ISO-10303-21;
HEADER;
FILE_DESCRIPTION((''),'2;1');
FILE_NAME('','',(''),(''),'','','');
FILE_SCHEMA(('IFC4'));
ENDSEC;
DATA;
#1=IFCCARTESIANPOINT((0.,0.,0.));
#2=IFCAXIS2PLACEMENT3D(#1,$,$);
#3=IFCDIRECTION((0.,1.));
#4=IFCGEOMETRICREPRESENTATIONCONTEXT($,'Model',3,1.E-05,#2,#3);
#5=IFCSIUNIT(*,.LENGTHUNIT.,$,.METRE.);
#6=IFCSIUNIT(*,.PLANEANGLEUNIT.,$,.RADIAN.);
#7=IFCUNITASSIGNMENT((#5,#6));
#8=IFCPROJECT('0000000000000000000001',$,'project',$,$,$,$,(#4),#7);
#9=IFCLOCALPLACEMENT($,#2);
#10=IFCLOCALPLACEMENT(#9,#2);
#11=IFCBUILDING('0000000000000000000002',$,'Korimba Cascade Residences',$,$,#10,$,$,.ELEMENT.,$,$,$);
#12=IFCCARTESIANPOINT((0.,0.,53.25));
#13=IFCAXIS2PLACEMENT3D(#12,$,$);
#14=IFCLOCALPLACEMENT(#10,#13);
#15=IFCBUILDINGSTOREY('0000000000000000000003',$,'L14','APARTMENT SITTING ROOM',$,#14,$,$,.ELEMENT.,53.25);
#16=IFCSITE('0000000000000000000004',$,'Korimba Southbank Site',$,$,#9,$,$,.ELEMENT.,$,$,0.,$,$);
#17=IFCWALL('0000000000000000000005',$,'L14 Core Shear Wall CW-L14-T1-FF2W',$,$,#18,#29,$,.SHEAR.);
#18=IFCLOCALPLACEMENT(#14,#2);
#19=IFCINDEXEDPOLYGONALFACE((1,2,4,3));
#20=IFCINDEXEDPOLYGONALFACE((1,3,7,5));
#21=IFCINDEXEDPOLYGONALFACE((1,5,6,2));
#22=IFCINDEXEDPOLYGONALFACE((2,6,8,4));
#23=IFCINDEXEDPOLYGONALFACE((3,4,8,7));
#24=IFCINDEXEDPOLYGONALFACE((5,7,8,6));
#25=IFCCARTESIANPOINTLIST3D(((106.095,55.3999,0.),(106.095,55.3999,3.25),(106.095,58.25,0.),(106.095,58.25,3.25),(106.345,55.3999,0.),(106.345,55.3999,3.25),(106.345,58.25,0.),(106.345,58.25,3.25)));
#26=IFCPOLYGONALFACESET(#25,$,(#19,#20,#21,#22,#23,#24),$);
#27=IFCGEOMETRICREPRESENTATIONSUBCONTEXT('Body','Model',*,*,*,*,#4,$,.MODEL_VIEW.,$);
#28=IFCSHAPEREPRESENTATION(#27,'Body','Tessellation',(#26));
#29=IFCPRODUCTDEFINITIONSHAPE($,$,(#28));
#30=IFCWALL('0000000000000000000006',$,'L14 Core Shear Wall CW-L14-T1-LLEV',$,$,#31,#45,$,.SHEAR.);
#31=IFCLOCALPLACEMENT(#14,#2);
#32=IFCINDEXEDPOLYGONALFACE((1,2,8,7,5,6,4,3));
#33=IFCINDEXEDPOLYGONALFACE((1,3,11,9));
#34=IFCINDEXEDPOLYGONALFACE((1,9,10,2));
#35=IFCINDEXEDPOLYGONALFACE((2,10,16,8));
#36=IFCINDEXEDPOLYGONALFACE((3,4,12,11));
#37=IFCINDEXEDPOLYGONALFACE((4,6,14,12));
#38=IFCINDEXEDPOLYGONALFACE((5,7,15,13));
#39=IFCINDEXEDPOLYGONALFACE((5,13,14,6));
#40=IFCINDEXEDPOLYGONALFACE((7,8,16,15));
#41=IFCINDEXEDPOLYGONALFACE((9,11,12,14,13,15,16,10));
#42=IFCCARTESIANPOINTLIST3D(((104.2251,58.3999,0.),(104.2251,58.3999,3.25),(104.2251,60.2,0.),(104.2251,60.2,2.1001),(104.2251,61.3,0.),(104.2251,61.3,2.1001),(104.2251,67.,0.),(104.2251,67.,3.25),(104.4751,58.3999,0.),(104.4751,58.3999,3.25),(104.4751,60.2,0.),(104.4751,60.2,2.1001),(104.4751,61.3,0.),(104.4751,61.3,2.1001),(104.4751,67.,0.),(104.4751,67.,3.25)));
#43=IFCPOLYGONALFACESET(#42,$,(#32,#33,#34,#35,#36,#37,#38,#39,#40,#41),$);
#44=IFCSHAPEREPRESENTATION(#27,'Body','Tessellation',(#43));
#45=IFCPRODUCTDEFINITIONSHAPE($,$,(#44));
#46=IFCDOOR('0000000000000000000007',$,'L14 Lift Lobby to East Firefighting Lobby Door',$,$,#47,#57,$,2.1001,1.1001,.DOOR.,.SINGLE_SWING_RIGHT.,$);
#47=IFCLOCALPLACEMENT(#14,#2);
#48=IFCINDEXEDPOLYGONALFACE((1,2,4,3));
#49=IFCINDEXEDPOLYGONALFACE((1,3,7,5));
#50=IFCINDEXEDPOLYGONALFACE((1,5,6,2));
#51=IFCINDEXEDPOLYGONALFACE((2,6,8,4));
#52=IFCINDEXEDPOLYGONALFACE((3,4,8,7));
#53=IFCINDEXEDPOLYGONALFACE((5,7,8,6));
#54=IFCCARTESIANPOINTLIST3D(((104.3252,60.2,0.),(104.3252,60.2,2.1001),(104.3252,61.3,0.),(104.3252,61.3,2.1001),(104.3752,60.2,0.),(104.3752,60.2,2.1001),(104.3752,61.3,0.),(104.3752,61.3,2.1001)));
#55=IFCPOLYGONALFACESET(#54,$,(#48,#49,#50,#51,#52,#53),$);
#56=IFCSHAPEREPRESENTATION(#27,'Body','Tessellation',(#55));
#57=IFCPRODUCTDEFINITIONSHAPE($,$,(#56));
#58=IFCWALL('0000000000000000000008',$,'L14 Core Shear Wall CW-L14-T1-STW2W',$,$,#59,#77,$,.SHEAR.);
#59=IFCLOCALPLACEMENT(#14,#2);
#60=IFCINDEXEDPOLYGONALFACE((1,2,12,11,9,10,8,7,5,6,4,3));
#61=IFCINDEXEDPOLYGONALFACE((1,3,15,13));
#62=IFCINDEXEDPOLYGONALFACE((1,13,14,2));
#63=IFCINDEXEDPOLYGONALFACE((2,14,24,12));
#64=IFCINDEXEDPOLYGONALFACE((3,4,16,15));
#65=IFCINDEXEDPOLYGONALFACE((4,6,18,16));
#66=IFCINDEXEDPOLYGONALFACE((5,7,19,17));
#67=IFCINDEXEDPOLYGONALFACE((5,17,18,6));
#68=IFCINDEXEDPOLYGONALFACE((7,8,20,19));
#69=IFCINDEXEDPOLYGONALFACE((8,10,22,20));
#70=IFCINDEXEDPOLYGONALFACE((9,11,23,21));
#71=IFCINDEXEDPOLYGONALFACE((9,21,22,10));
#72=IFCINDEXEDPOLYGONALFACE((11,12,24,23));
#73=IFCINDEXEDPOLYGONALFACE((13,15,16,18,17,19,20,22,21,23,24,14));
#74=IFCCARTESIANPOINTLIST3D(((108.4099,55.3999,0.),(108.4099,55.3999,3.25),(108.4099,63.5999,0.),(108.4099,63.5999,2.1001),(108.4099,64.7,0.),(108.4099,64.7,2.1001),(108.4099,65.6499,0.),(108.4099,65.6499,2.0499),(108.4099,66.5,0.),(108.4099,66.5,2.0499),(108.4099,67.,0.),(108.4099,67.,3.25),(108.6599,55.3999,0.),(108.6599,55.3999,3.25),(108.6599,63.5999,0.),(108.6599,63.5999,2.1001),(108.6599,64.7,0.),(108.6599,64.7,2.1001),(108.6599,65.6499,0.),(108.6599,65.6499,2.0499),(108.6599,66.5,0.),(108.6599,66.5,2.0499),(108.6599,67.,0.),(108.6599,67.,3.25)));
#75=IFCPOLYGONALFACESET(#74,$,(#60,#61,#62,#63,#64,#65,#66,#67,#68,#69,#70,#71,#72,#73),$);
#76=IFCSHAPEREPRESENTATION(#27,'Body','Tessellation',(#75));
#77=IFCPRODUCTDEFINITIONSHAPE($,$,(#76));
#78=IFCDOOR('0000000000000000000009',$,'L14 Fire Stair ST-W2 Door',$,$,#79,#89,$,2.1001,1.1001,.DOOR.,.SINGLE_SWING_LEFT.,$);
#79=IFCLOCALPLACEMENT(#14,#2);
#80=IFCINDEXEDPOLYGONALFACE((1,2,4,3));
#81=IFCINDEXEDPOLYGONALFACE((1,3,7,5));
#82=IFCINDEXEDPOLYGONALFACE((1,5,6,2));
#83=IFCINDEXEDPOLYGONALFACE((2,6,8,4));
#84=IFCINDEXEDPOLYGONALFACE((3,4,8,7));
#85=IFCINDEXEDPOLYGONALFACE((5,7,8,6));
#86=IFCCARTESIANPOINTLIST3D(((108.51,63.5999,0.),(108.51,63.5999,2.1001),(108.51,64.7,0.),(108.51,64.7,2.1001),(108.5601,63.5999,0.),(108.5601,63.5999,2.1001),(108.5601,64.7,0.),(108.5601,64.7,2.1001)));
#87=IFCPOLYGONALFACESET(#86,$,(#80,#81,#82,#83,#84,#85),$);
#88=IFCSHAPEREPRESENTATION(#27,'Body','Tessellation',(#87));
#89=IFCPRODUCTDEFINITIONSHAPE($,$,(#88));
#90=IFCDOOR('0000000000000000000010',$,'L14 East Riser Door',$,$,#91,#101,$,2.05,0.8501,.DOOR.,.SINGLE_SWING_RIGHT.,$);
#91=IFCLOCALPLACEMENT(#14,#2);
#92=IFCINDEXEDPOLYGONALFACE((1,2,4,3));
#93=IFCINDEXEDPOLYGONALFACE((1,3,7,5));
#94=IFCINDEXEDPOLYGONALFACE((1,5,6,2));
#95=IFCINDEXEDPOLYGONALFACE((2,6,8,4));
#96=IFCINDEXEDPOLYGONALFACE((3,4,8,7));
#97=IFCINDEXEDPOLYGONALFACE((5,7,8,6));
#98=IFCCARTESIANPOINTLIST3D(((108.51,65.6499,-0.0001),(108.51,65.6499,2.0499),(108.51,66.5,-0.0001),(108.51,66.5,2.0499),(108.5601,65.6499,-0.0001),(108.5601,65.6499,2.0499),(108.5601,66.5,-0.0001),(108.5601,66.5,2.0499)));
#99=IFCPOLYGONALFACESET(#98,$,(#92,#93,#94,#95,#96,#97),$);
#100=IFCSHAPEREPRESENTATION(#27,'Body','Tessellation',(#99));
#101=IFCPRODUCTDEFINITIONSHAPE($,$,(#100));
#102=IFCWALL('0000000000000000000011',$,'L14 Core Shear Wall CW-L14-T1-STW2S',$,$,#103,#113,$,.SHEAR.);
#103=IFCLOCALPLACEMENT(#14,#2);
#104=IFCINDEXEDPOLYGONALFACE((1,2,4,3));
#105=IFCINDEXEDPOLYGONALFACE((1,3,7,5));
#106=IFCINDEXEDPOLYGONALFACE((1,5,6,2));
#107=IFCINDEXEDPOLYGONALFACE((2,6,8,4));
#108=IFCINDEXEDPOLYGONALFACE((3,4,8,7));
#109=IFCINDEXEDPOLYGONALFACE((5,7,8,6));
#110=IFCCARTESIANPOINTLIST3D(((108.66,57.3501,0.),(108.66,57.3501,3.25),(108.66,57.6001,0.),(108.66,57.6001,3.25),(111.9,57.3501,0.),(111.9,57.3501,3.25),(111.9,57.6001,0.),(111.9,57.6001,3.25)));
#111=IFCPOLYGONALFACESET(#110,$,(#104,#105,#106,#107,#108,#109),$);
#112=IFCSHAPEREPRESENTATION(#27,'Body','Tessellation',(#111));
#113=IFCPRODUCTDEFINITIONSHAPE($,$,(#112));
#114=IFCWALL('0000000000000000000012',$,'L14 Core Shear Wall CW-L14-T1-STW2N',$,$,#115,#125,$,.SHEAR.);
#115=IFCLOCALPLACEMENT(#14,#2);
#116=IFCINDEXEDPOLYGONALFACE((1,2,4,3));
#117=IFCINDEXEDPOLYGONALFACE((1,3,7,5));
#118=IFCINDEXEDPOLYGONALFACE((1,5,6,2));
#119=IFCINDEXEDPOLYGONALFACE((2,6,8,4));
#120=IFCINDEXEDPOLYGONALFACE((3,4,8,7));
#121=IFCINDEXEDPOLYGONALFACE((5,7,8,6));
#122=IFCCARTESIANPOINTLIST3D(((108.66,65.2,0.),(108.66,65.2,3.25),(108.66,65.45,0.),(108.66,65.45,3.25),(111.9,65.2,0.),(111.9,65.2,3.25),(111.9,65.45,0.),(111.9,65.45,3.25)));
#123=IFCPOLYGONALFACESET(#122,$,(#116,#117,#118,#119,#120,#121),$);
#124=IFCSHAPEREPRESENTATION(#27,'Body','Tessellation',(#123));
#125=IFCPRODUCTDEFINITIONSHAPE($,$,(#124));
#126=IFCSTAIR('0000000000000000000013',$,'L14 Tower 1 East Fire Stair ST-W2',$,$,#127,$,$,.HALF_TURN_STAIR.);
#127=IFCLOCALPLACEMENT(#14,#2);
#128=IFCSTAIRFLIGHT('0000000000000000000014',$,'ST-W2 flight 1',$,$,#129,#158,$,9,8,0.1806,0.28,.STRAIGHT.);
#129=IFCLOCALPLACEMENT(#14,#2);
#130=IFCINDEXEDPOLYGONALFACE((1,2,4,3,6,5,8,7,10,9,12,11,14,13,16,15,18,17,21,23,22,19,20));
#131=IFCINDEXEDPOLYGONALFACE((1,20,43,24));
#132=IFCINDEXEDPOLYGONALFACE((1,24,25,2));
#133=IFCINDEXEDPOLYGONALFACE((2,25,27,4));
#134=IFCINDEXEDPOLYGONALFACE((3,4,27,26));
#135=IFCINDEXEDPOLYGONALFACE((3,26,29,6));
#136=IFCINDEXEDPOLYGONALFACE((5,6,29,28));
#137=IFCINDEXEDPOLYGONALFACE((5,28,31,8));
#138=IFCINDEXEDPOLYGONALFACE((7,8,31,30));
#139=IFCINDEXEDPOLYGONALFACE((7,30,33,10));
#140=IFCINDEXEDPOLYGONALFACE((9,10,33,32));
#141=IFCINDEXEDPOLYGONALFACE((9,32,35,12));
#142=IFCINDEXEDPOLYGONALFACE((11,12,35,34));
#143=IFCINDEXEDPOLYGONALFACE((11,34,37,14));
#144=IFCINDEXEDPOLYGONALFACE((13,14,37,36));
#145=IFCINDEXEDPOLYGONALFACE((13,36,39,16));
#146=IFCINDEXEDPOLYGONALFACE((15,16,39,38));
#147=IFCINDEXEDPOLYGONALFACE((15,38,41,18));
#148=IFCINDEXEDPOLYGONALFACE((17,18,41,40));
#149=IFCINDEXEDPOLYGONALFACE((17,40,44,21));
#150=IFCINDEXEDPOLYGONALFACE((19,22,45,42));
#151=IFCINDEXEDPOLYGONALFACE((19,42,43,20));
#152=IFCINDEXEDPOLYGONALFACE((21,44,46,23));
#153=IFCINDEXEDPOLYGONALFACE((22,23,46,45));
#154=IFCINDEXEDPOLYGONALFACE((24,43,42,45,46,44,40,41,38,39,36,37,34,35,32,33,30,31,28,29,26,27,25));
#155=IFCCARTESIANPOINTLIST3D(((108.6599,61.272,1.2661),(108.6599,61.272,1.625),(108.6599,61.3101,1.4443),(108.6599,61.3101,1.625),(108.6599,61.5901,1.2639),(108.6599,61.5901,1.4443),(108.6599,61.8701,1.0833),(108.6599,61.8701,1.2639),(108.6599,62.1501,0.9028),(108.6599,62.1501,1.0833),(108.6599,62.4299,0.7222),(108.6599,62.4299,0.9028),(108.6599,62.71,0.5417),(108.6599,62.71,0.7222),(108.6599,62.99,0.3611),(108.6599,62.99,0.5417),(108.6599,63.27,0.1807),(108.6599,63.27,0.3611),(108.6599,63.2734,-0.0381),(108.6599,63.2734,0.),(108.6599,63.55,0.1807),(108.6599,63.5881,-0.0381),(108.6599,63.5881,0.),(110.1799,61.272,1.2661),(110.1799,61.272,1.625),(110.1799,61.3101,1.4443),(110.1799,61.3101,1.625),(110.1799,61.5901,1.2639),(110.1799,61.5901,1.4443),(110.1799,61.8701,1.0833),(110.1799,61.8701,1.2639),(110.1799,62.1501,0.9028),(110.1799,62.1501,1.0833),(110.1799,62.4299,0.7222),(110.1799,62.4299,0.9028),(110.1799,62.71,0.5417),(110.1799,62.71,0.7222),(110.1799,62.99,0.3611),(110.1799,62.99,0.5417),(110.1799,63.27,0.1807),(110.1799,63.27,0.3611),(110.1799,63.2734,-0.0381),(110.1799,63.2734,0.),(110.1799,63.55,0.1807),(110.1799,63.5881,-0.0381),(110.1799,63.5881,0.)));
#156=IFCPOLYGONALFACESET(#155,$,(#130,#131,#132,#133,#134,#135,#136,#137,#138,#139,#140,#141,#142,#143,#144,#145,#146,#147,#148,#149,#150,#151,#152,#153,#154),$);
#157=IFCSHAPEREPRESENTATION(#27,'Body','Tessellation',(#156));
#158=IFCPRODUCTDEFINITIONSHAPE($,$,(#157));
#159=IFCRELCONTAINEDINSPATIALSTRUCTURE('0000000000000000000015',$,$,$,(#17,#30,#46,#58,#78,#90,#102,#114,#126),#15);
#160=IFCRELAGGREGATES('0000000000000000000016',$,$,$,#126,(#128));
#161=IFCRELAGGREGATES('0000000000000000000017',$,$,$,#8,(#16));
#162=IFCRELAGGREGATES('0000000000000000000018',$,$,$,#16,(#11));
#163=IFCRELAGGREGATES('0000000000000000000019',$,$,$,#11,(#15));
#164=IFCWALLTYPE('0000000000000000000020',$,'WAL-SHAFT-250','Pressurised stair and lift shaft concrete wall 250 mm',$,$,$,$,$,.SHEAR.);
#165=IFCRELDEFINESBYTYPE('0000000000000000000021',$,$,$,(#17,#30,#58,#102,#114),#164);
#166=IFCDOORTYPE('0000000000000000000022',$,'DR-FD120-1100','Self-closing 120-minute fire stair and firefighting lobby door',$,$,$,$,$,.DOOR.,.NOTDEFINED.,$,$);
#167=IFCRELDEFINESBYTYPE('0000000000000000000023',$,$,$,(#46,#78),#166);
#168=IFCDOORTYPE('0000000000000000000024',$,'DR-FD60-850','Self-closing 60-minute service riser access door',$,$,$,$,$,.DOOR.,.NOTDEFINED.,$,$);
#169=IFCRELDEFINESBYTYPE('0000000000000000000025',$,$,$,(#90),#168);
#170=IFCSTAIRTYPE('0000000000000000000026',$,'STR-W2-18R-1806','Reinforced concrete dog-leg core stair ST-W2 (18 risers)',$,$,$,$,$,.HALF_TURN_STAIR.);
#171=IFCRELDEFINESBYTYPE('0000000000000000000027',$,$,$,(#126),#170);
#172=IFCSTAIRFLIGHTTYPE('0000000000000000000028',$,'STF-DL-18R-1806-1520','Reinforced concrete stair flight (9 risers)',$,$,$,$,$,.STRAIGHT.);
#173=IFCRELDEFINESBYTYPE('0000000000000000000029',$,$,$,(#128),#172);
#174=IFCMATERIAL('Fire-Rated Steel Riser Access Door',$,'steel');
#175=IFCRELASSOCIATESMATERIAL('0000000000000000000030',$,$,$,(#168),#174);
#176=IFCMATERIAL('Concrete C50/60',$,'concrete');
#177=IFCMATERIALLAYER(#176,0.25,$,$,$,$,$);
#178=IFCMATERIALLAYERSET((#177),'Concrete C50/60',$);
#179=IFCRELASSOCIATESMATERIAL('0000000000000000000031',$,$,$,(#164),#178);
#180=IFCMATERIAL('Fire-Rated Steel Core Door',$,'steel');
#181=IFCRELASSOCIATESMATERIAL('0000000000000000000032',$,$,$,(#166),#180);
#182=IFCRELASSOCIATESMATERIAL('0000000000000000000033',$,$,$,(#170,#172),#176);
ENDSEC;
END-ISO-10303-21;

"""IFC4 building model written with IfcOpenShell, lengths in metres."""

from ifc_helpers import new_model, si_unit, direction, frame, frame_2d, origin, place, context, subcontext, project, spatial, polyline, rectangle, outline, extrude, material, layer, layer_set, type_object, element, fill, aggregate, save


model = new_model("IFC4")

# Units and contexts
model_context = context("Model", 3, precision=1e-05, world=origin(), true_north=direction((0.0, 1.0)))
body_context = subcontext(model_context, "Body", "Model", "MODEL_VIEW")
ifc_project = project(units=[si_unit("LENGTHUNIT", "METRE"), si_unit("PLANEANGLEUNIT", "RADIAN")], contexts=[model_context])

# Site, building, storey
site_placement = place(None, origin())
site = spatial("IfcSite", under=ifc_project, at=site_placement, Name="Korimba Southbank Site", CompositionType="ELEMENT", RefElevation=0.0)
building_placement = place(site_placement, origin())
building = spatial("IfcBuilding", under=site, at=building_placement, Name="Korimba Cascade Residences", CompositionType="ELEMENT")
storey_placement = place(building_placement, frame((0.0, 0.0, 53.25)))
storey = spatial("IfcBuildingStorey", under=building, at=storey_placement, Name="L14", Description="APARTMENT SITTING ROOM", CompositionType="ELEMENT", Elevation=53.25)

# Shared definitions
ifc_material_1 = material(Name="Concrete C50/60", Category="concrete")

# Shared definitions
ifc_material_2 = material(Name="Fire-Rated Steel Riser Access Door", Category="steel")
door_type_1 = type_object("IfcDoorType", Name="DR-FD60-850", Description="Self-closing 60-minute service riser access door", OperationType="NOTDEFINED", PredefinedType="DOOR", material=ifc_material_2)

# Wall
ifc_layer_1 = layer(ifc_material_1, 0.25)
ifc_layer_set_1 = layer_set([ifc_layer_1], Name="Concrete C50/60")
wall_type_1 = type_object("IfcWallType", Name="WAL-SHAFT-250", Description="Pressurised stair and lift shaft concrete wall 250 mm", PredefinedType="SHEAR", material=ifc_layer_set_1)
wall_1_placement = place(storey_placement, frame((106.22, 55.3999, 0.0), z_axis=(0.0, 0.0, 1.0), x_axis=(0.0, 1.0, 0.0)))
element("IfcWall", 1, at=wall_1_placement, inside=storey, type_object=wall_type_1, Name="L14 Core Shear Wall CW-L14-T1-FF2W", PredefinedType="SHEAR", context=body_context, shape_type="SweptSolid", body=[
    extrude(rectangle(XDim=2.8501, YDim=0.25, at=frame_2d((1.425, 0.0))), origin(), (0.0, 0.0, 1.0), 3.25),
])

# Wall, opening, door
wall_2_placement = place(storey_placement, frame((104.3501, 58.3999, 0.0), z_axis=(0.0, 0.0, 1.0), x_axis=(0.0, 1.0, 0.0)))
wall_2 = element("IfcWall", 2, at=wall_2_placement, inside=storey, type_object=wall_type_1, Name="L14 Core Shear Wall CW-L14-T1-LLEV", PredefinedType="SHEAR", context=body_context, shape_type="SweptSolid", body=[
    extrude(rectangle(XDim=8.6001, YDim=0.25, at=frame_2d((4.3, 0.0))), origin(), (0.0, 0.0, 1.0), 3.25),
])
opening_1_placement = place(wall_2_placement, frame((1.8, 0.0, 0.0)))
opening_1 = element("IfcOpeningElement", 3, at=opening_1_placement, cuts=wall_2, PredefinedType="OPENING", context=body_context, shape_type="SweptSolid", body=[
    extrude(rectangle(XDim=1.1001, YDim=2.1001, at=frame_2d((0.55, 1.05))), frame((0.0, 0.135, 0.0), z_axis=(0.0, -1.0, 0.0), x_axis=(1.0, 0.0, 0.0)), (0.0, 0.0, 1.0), 0.27),
])
ifc_material_3 = material(Name="Fire-Rated Steel Core Door", Category="steel")
door_type_2 = type_object("IfcDoorType", Name="DR-FD120-1100", Description="Self-closing 120-minute fire stair and firefighting lobby door", OperationType="NOTDEFINED", PredefinedType="DOOR", material=ifc_material_3)
door_1_placement = place(opening_1_placement, origin())
door_1 = element("IfcDoor", 4, at=door_1_placement, inside=storey, type_object=door_type_2, Name="L14 Lift Lobby to East Firefighting Lobby Door", OperationType="SINGLE_SWING_RIGHT", OverallHeight=2.1001, OverallWidth=1.1001, PredefinedType="DOOR", context=body_context, shape_type="SweptSolid", body=[
    extrude(rectangle(XDim=1.1001, YDim=2.1001, at=frame_2d((0.55, 1.05))), frame((0.0, 0.0249, 0.0), z_axis=(0.0, -1.0, 0.0), x_axis=(1.0, 0.0, 0.0)), (0.0, 0.0, 1.0), 0.05),
])
fill(opening_1, door_1)

# Wall, openings, doors
wall_3_placement = place(storey_placement, frame((108.5349, 55.3999, 0.0), z_axis=(0.0, 0.0, 1.0), x_axis=(0.0, 1.0, 0.0)))
wall_3 = element("IfcWall", 5, at=wall_3_placement, inside=storey, type_object=wall_type_1, Name="L14 Core Shear Wall CW-L14-T1-STW2W", PredefinedType="SHEAR", context=body_context, shape_type="SweptSolid", body=[
    extrude(rectangle(XDim=11.6001, YDim=0.25, at=frame_2d((5.8, 0.0))), origin(), (0.0, 0.0, 1.0), 3.25),
])
opening_2_placement = place(wall_3_placement, frame((8.2, 0.0, 0.0)))
opening_2 = element("IfcOpeningElement", 6, at=opening_2_placement, cuts=wall_3, PredefinedType="OPENING", context=body_context, shape_type="SweptSolid", body=[
    extrude(rectangle(XDim=1.1001, YDim=2.1001, at=frame_2d((0.55, 1.05))), frame((0.0, 0.135, 0.0), z_axis=(0.0, -1.0, 0.0), x_axis=(1.0, 0.0, 0.0)), (0.0, 0.0, 1.0), 0.27),
])
opening_3_placement = place(wall_3_placement, frame((10.25, 0.0, 0.0)))
opening_3 = element("IfcOpeningElement", 7, at=opening_3_placement, cuts=wall_3, PredefinedType="OPENING", context=body_context, shape_type="SweptSolid", body=[
    extrude(rectangle(XDim=0.8501, YDim=2.05, at=frame_2d((0.425, 1.0249))), frame((0.0, 0.135, 0.0), z_axis=(0.0, -1.0, 0.0), x_axis=(1.0, 0.0, 0.0)), (0.0, 0.0, 1.0), 0.27),
])
door_2_placement = place(opening_2_placement, origin())
door_2 = element("IfcDoor", 8, at=door_2_placement, inside=storey, type_object=door_type_2, Name="L14 Fire Stair ST-W2 Door", OperationType="SINGLE_SWING_LEFT", OverallHeight=2.1001, OverallWidth=1.1001, PredefinedType="DOOR", context=body_context, shape_type="SweptSolid", body=[
    extrude(rectangle(XDim=1.1001, YDim=2.1001, at=frame_2d((0.55, 1.05))), frame((0.0, 0.0249, 0.0), z_axis=(0.0, -1.0, 0.0), x_axis=(1.0, 0.0, 0.0)), (0.0, 0.0, 1.0), 0.05),
])
fill(opening_2, door_2)
door_3_placement = place(opening_3_placement, origin())
door_3 = element("IfcDoor", 9, at=door_3_placement, inside=storey, type_object=door_type_1, Name="L14 East Riser Door", OperationType="SINGLE_SWING_RIGHT", OverallHeight=2.05, OverallWidth=0.8501, PredefinedType="DOOR", context=body_context, shape_type="SweptSolid", body=[
    extrude(rectangle(XDim=0.8501, YDim=2.05, at=frame_2d((0.425, 1.0249))), frame((0.0, 0.0249, 0.0), z_axis=(0.0, -1.0, 0.0), x_axis=(1.0, 0.0, 0.0)), (0.0, 0.0, 1.0), 0.05),
])
fill(opening_3, door_3)

# Walls
for number, where, z_axis, x_axis, name in (
    (10, (108.6599, 57.4751, 0.0), (0.0, 0.0, 1.0), (1.0, 0.0, 0.0), "L14 Core Shear Wall CW-L14-T1-STW2S"),
    (11, (108.6599, 65.325, 0.0), (0.0, 0.0, 1.0), (1.0, 0.0, 0.0), "L14 Core Shear Wall CW-L14-T1-STW2N"),
):
    element("IfcWall", number, at=place(storey_placement, frame(where, z_axis=z_axis, x_axis=x_axis)), inside=storey, type_object=wall_type_1, Name=name, PredefinedType="SHEAR", context=body_context, shape_type="SweptSolid", body=[
        extrude(rectangle(XDim=3.24, YDim=0.25, at=frame_2d((1.6201, 0.0))), origin(), (0.0, 0.0, 1.0), 3.25),
    ])

# Stair, stair flight
stair_type = type_object("IfcStairType", Name="STR-W2-18R-1806", Description="Reinforced concrete dog-leg core stair ST-W2 (18 risers)", PredefinedType="HALF_TURN_STAIR", material=ifc_material_1)
stair_placement = place(storey_placement, origin())
stair = element("IfcStair", 12, at=stair_placement, inside=storey, type_object=stair_type, Name="L14 Tower 1 East Fire Stair ST-W2", PredefinedType="HALF_TURN_STAIR")
stair_flight_type = type_object("IfcStairFlightType", Name="STF-DL-18R-1806-1520", Description="Reinforced concrete stair flight (9 risers)", PredefinedType="STRAIGHT", material=ifc_material_1)
stair_flight_1_placement = place(storey_placement, frame((109.4199, 63.55, 0.0), z_axis=(0.0, 0.0, 1.0), x_axis=(0.0, -1.0, 0.0)))
stair_flight_1 = element("IfcStairFlight", 13, at=stair_flight_1_placement, type_object=stair_flight_type, Name="ST-W2 flight 1", NumberOfRisers=9, NumberOfTreads=8, PredefinedType="STRAIGHT", RiserHeight=0.1806, TreadLength=0.28, context=body_context, shape_type="SweptSolid", body=[
    extrude(outline(polyline([(-0.0381, 0.0), (0.0, 0.1807), (0.28, 0.1807), (0.28, 0.3611), (0.5601, 0.3611), (0.5601, 0.5417), (0.8401, 0.5417), (0.8401, 0.7222), (1.1201, 0.7222), (1.1201, 0.9028), (1.3999, 0.9028), (1.3999, 1.0833), (1.6799, 1.0833), (1.6799, 1.2639), (1.96, 1.2639), (1.96, 1.4443), (2.24, 1.4443), (2.24, 1.625), (2.2781, 1.625), (2.2781, 1.2661), (0.2766, 0.0), (0.2766, -0.0381), (-0.0381, -0.0381), (-0.0381, 0.0)])), frame((0.0, 0.76, 0.0), z_axis=(0.0, -1.0, 0.0), x_axis=(1.0, 0.0, 0.0)), (0.0, 0.0, 1.0), 1.52),
])
aggregate(stair, [stair_flight_1])

save(model, "model.ifc")
